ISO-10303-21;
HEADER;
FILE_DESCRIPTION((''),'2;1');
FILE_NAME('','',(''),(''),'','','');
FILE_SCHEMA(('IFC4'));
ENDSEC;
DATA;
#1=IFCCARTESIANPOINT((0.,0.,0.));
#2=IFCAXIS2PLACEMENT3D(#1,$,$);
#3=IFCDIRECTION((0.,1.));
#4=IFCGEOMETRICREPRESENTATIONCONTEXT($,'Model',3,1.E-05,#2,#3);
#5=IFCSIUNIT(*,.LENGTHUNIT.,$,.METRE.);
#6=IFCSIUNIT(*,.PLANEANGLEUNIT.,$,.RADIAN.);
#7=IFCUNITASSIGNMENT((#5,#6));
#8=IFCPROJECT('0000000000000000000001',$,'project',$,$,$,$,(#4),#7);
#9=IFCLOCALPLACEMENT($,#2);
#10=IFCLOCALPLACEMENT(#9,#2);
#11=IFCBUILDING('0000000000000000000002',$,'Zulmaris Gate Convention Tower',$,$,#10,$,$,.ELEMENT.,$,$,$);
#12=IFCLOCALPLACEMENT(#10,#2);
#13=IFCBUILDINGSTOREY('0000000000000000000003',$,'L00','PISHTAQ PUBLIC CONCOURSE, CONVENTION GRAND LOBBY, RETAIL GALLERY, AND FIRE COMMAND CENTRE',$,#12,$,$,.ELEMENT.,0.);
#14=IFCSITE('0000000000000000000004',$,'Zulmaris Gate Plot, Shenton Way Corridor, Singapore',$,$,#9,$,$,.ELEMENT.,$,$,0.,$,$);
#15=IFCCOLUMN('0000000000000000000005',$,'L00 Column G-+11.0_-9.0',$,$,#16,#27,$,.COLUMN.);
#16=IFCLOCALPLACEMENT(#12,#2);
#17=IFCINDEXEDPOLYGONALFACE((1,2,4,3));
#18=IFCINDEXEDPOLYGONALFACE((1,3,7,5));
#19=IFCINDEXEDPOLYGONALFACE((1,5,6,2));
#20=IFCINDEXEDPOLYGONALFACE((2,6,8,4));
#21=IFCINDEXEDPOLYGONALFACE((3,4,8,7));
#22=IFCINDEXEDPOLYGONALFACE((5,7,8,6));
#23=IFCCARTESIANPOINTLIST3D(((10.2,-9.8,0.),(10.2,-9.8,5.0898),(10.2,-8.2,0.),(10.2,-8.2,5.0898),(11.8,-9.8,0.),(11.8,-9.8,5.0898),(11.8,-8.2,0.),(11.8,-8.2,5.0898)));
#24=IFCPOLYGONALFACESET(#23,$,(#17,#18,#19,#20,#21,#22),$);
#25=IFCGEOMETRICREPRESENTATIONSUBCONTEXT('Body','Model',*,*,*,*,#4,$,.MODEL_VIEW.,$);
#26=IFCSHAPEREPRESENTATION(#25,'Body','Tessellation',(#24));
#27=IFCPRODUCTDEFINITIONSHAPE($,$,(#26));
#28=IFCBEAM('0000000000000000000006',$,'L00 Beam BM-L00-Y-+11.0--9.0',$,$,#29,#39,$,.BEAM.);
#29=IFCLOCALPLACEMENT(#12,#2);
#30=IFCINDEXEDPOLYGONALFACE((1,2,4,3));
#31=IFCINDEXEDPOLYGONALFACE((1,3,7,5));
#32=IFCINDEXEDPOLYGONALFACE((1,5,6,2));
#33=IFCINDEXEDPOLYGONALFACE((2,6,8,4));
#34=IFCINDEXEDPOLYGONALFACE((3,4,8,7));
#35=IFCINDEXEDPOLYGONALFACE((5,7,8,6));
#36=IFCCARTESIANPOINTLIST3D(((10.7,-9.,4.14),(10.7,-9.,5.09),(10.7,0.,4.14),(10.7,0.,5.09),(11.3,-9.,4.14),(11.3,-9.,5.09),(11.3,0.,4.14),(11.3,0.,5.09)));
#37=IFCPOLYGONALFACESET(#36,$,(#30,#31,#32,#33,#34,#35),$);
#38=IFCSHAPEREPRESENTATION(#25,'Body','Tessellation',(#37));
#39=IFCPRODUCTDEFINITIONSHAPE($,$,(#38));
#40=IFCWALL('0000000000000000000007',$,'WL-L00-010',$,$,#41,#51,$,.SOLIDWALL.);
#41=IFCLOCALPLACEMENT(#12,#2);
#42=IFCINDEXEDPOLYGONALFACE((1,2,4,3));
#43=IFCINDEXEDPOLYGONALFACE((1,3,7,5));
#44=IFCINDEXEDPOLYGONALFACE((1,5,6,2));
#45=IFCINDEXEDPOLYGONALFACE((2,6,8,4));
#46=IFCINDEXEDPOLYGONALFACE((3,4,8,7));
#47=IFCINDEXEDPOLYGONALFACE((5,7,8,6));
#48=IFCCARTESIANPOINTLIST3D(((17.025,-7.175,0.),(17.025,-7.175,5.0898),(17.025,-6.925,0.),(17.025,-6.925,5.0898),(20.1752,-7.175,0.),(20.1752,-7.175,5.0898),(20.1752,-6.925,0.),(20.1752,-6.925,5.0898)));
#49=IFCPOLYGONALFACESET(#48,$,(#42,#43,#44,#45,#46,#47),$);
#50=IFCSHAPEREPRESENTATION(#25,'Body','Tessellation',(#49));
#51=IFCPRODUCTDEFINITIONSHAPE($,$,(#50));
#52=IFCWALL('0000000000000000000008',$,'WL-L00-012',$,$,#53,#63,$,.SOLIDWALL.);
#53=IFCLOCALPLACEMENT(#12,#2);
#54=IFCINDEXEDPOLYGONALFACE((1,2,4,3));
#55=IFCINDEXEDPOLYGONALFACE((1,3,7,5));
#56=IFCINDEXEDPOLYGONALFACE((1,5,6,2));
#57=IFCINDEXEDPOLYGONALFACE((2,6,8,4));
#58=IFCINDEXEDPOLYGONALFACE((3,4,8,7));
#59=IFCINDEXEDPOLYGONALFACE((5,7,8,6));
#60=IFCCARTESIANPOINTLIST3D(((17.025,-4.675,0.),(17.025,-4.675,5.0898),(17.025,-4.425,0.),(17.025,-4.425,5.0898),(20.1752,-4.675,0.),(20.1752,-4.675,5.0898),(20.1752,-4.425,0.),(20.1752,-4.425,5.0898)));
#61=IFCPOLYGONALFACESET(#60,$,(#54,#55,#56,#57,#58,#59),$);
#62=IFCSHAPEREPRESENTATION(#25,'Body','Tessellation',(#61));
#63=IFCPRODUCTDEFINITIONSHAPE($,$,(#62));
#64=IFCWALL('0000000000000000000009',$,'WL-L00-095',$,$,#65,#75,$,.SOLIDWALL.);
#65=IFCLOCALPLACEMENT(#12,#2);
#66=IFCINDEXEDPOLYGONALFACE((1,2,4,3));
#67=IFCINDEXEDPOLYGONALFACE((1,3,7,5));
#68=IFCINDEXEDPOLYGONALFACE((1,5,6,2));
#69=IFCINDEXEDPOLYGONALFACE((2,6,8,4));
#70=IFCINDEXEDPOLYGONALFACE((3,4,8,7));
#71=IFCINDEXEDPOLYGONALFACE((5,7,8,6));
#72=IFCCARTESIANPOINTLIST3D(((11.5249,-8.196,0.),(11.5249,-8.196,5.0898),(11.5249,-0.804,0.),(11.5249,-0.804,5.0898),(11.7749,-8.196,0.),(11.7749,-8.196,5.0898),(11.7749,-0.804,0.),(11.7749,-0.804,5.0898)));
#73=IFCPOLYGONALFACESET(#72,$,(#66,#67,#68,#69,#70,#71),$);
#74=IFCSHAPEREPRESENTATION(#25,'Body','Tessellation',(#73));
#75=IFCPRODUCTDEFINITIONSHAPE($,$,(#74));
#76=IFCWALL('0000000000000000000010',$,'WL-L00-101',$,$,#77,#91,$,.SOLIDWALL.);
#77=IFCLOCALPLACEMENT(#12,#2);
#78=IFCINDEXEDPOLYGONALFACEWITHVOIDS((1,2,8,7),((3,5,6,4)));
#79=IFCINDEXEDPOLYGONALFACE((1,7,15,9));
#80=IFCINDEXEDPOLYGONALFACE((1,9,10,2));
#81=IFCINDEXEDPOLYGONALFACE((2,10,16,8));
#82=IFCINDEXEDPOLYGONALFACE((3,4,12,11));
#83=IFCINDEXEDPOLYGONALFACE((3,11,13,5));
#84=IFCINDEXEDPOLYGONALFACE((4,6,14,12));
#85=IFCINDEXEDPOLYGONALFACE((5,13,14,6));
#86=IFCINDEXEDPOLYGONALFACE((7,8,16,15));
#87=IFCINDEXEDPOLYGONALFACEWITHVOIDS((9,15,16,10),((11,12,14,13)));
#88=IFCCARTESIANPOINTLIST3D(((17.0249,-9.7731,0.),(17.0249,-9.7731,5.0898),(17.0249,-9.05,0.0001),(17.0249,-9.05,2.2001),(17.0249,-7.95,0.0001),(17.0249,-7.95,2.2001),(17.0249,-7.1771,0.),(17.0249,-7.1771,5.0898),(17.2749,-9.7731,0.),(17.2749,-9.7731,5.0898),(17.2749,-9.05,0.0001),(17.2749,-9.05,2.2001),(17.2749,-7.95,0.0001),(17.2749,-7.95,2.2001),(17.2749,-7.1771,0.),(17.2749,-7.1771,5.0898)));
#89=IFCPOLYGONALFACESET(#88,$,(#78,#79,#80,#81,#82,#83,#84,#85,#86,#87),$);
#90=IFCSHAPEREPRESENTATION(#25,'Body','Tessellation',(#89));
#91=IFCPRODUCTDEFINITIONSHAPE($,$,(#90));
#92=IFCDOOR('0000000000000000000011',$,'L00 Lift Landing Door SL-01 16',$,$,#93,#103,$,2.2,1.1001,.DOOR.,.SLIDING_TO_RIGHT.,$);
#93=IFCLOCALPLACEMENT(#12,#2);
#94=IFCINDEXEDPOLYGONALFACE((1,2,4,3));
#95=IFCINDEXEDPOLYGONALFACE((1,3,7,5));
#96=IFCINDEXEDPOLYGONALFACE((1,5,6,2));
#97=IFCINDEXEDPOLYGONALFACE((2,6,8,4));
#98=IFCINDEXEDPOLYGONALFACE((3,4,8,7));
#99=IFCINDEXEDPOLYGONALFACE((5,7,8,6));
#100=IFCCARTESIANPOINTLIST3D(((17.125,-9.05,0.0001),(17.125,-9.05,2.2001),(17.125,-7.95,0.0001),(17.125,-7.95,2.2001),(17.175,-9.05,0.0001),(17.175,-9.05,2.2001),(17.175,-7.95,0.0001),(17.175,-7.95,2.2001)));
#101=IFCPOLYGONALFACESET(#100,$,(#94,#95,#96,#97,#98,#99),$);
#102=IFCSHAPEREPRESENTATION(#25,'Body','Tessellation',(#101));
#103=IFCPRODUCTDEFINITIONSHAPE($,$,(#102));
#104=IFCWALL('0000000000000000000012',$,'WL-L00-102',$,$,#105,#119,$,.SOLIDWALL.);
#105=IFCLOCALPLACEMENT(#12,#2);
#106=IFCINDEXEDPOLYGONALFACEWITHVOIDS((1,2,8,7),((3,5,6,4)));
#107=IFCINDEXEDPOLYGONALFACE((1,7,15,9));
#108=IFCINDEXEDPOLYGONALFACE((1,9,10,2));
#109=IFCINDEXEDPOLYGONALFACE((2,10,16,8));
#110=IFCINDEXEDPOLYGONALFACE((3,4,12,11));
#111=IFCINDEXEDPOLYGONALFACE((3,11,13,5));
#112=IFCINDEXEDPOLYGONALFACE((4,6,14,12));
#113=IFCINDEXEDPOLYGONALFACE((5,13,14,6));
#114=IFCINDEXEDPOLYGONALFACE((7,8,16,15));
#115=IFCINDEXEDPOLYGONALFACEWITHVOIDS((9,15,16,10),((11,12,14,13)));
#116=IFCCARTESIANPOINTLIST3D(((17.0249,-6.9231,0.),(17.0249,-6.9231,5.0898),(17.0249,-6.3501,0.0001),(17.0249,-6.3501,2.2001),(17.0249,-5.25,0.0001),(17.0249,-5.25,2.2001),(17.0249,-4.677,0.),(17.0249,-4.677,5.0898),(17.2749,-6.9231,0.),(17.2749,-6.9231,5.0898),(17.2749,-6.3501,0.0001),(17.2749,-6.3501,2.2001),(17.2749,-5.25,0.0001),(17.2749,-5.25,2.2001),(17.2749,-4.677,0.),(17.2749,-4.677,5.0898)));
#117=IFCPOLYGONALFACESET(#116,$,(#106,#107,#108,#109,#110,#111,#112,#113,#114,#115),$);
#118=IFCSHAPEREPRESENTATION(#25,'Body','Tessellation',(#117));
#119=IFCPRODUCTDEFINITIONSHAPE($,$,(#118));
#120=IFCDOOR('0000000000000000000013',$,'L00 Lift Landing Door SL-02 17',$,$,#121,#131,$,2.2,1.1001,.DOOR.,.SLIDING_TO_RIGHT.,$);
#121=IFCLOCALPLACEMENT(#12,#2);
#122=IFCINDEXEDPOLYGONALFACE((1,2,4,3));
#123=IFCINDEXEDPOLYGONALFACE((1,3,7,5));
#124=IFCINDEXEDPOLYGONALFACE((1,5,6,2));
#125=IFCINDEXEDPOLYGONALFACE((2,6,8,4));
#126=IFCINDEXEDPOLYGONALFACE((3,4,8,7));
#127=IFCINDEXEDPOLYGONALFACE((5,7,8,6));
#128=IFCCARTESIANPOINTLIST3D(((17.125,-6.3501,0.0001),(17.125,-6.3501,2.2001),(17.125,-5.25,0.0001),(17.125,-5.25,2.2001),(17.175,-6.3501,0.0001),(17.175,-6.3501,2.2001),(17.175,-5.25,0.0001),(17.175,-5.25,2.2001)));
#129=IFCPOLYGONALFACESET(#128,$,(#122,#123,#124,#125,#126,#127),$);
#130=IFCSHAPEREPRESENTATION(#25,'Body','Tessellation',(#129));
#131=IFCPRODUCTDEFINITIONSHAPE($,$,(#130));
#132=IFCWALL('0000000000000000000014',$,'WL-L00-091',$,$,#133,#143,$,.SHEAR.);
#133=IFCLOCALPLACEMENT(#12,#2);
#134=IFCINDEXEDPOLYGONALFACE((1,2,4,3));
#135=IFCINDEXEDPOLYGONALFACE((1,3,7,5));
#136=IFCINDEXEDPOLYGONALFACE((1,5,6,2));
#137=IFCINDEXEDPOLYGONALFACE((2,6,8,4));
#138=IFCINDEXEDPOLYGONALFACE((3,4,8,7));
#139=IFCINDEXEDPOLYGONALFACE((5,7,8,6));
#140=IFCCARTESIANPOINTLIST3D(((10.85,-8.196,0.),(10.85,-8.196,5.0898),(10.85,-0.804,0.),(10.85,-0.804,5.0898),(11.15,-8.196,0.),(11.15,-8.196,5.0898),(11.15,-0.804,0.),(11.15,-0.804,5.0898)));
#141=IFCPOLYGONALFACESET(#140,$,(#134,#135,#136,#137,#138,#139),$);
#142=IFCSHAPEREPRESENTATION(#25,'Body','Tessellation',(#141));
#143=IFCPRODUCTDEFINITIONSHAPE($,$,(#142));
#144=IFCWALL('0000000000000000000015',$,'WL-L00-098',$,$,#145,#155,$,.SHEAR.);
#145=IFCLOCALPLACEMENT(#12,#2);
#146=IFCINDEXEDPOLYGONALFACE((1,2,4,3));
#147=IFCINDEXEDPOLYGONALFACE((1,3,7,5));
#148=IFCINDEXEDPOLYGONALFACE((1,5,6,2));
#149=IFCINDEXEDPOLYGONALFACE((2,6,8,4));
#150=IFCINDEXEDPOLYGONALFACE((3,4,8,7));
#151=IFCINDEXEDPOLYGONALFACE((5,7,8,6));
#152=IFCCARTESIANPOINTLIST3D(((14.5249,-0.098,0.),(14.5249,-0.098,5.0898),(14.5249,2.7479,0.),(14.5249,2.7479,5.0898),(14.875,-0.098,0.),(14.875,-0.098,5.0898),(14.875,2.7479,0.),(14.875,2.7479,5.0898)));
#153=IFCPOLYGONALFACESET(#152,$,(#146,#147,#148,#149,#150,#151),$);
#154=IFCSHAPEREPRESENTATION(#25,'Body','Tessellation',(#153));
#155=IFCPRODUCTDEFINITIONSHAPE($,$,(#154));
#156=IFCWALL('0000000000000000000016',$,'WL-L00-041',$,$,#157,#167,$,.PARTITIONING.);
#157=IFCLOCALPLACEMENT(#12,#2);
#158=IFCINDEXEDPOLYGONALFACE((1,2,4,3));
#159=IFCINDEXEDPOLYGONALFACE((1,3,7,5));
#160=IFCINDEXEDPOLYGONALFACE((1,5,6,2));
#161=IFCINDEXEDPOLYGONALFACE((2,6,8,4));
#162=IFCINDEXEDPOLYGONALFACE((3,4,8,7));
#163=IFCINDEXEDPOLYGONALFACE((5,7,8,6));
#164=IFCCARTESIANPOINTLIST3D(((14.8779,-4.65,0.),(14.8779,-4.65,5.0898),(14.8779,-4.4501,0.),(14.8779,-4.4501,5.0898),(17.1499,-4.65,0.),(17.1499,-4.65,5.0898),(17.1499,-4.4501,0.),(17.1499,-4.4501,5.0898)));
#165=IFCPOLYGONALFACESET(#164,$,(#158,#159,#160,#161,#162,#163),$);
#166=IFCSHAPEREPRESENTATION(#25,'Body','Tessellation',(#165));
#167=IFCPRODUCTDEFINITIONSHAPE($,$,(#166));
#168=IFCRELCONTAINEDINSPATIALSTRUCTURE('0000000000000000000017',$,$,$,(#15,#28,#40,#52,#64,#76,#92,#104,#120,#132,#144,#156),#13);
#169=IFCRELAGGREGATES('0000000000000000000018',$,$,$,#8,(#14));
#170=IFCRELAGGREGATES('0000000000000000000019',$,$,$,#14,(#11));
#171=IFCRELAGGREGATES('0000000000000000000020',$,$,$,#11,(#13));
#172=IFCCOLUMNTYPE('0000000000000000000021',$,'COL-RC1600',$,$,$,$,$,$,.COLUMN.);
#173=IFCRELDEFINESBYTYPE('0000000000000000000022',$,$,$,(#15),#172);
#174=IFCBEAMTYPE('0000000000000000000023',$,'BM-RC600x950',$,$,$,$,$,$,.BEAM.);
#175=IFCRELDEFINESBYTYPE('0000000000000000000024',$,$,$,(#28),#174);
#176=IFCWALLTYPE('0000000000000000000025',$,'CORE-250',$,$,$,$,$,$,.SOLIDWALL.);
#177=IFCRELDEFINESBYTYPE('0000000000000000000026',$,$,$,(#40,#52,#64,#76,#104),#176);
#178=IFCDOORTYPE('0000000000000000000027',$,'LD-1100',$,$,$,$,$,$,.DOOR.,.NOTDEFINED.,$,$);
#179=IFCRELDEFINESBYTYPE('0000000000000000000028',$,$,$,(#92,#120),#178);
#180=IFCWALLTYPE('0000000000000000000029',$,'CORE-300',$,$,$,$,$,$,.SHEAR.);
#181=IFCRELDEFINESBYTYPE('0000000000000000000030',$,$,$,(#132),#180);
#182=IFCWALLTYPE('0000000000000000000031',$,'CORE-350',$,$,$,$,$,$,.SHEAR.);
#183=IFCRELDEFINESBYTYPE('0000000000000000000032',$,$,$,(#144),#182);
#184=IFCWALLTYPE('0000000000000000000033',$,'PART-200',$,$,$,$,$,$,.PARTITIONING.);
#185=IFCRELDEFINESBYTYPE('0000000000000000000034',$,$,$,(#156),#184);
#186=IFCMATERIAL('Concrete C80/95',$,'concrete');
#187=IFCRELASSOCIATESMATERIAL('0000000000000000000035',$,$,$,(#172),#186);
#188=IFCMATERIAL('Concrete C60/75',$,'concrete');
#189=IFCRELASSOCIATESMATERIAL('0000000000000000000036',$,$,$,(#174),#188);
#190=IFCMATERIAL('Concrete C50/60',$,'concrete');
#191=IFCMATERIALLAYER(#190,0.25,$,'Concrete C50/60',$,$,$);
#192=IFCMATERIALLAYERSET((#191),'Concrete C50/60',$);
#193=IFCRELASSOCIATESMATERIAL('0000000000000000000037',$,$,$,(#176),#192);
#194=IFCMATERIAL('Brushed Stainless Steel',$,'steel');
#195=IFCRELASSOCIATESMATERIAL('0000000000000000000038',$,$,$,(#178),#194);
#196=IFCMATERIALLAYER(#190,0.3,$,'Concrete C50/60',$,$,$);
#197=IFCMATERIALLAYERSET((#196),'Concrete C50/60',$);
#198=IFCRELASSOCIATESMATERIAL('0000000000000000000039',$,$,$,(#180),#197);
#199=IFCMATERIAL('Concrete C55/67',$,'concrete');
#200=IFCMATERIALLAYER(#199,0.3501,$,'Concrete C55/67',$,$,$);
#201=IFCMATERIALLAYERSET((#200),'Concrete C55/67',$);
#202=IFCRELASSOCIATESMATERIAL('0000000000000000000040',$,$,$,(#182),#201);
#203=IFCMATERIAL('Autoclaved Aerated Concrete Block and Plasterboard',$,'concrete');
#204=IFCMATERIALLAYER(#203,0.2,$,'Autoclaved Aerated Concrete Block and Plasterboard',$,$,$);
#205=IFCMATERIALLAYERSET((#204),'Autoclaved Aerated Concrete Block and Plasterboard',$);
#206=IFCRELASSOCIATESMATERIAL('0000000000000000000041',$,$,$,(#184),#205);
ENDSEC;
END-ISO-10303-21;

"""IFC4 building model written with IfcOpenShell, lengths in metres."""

from ifc_helpers import new_model, si_unit, direction, frame, frame_2d, origin, origin_2d, place, context, subcontext, project, spatial, rectangle, extrude, material, layer, layer_set, material_profile, profile_set, type_object, element, fill, save


model = new_model("IFC4")

# Units and contexts
model_context = context("Model", 3, precision=1e-05, world=origin(), true_north=direction((0.0, 1.0)))
body_context = subcontext(model_context, "Body", "Model", "MODEL_VIEW")
ifc_project = project(units=[si_unit("LENGTHUNIT", "METRE"), si_unit("PLANEANGLEUNIT", "RADIAN")], contexts=[model_context])

# Site, building, storey
site_placement = place(None, origin())
site = spatial("IfcSite", under=ifc_project, at=site_placement, Name="Zulmaris Gate Plot, Shenton Way Corridor, Singapore", CompositionType="ELEMENT", RefElevation=0.0)
building_placement = place(site_placement, origin())
building = spatial("IfcBuilding", under=site, at=building_placement, Name="Zulmaris Gate Convention Tower", CompositionType="ELEMENT")
storey_placement = place(building_placement, origin())
storey = spatial("IfcBuildingStorey", under=building, at=storey_placement, Name="L00", Description="PISHTAQ PUBLIC CONCOURSE, CONVENTION GRAND LOBBY, RETAIL GALLERY, AND FIRE COMMAND CENTRE", CompositionType="ELEMENT", Elevation=0.0)

# Column
ifc_material_1 = material(Name="Concrete C80/95", Category="concrete")
ifc_material_profile_1 = material_profile(ifc_material_1, rectangle(XDim=1.6001, YDim=1.6001, at=origin_2d()), Name="RC COL 1600x1600")
ifc_profile_set_1 = profile_set([ifc_material_profile_1], Name="Concrete C80/95")
column_type = type_object("IfcColumnType", Name="COL-RC1600", PredefinedType="COLUMN", material=ifc_profile_set_1)
column_placement = place(storey_placement, frame((11.0, -9.0, 0.0), z_axis=(0.0, 0.0, 1.0), x_axis=(1.0, 0.0, 0.0)))
element("IfcColumn", 1, at=column_placement, inside=storey, type_object=column_type, Name="L00 Column G-+11.0_-9.0", PredefinedType="COLUMN", context=body_context, shape_type="SweptSolid", body=[
    extrude(rectangle(XDim=1.6001, YDim=1.6001, at=origin_2d()), origin(), (0.0, 0.0, 1.0), 5.0898),
])

# Beam
ifc_material_2 = material(Name="Concrete C60/75", Category="concrete")
ifc_material_profile_2 = material_profile(ifc_material_2, rectangle(XDim=0.6001, YDim=0.95, at=origin_2d()), Name="RC BEAM 600x950")
ifc_profile_set_2 = profile_set([ifc_material_profile_2], Name="Concrete C60/75")
beam_type = type_object("IfcBeamType", Name="BM-RC600x950", PredefinedType="BEAM", material=ifc_profile_set_2)
beam_placement = place(storey_placement, frame((11.0, -9.0, 4.615), z_axis=(0.0, 1.0, 0.0), x_axis=(-1.0, 0.0, 0.0)))
element("IfcBeam", 2, at=beam_placement, inside=storey, type_object=beam_type, Name="L00 Beam BM-L00-Y-+11.0--9.0", PredefinedType="BEAM", context=body_context, shape_type="SweptSolid", body=[
    extrude(rectangle(XDim=0.6001, YDim=0.95, at=origin_2d()), origin(), (0.0, 0.0, 1.0), 9.0),
])

# Walls
ifc_material_3 = material(Name="Concrete C50/60", Category="concrete")
ifc_layer_1 = layer(ifc_material_3, 0.25, Name="Concrete C50/60")
ifc_layer_set_1 = layer_set([ifc_layer_1], Name="Concrete C50/60")
wall_type_1 = type_object("IfcWallType", Name="CORE-250", PredefinedType="SOLIDWALL", material=ifc_layer_set_1)
for number, where, z_axis, x_axis, name in (
    (3, (17.0249, -7.05, 0.0), (0.0, 0.0, 1.0), (1.0, 0.0, 0.0), "WL-L00-010"),
    (4, (17.0249, -4.55, 0.0), (0.0, 0.0, 1.0), (1.0, 0.0, 0.0), "WL-L00-012"),
):
    element("IfcWall", number, at=place(storey_placement, frame(where, z_axis=z_axis, x_axis=x_axis)), inside=storey, type_object=wall_type_1, Name=name, PredefinedType="SOLIDWALL", context=body_context, shape_type="SweptSolid", body=[
        extrude(rectangle(XDim=3.1501, YDim=0.25, at=frame_2d((1.5752, 0.0))), origin(), (0.0, 0.0, 1.0), 5.0898),
    ])
wall_1_placement = place(storey_placement, frame((11.6499, -8.196, 0.0), z_axis=(0.0, 0.0, 1.0), x_axis=(0.0, 1.0, 0.0)))
element("IfcWall", 5, at=wall_1_placement, inside=storey, type_object=wall_type_1, Name="WL-L00-095", PredefinedType="SOLIDWALL", context=body_context, shape_type="SweptSolid", body=[
    extrude(rectangle(XDim=7.3921, YDim=0.25, at=frame_2d((3.696, 0.0))), origin(), (0.0, 0.0, 1.0), 5.0898),
])

# Walls, openings, doors
wall_2_placement = place(storey_placement, frame((17.1499, -9.7729, 0.0), z_axis=(0.0, 0.0, 1.0), x_axis=(0.0, 1.0, 0.0)))
wall_2 = element("IfcWall", 6, at=wall_2_placement, inside=storey, type_object=wall_type_1, Name="WL-L00-101", PredefinedType="SOLIDWALL", context=body_context, shape_type="SweptSolid", body=[
    extrude(rectangle(XDim=2.5959, YDim=0.25, at=frame_2d((1.2979, 0.0))), origin(), (0.0, 0.0, 1.0), 5.0898),
])
opening_1_placement = place(wall_2_placement, frame((0.7229, 0.0, 0.0)))
opening_1 = element("IfcOpeningElement", 7, at=opening_1_placement, cuts=wall_2, PredefinedType="OPENING", context=body_context, shape_type="SweptSolid", body=[
    extrude(rectangle(XDim=1.1001, YDim=2.2, at=frame_2d((0.55, 1.1001))), frame((0.0, 0.135, 0.0), z_axis=(0.0, -1.0, 0.0), x_axis=(1.0, 0.0, 0.0)), (0.0, 0.0, 1.0), 0.27),
])
ifc_material_4 = material(Name="Brushed Stainless Steel", Category="steel")
door_type_1 = type_object("IfcDoorType", Name="LD-1100", OperationType="NOTDEFINED", PredefinedType="DOOR", material=ifc_material_4)
door_1_placement = place(opening_1_placement, origin())
door_1 = element("IfcDoor", 8, at=door_1_placement, inside=storey, type_object=door_type_1, Name="L00 Lift Landing Door SL-01 16", OperationType="SLIDING_TO_RIGHT", OverallHeight=2.2, OverallWidth=1.1001, PredefinedType="DOOR", context=body_context, shape_type="SweptSolid", body=[
    extrude(rectangle(XDim=1.1001, YDim=2.2, at=frame_2d((0.55, 1.1001))), frame((0.0, 0.0249, 0.0), z_axis=(0.0, -1.0, 0.0), x_axis=(1.0, 0.0, 0.0)), (0.0, 0.0, 1.0), 0.05),
])
fill(opening_1, door_1)
wall_3_placement = place(storey_placement, frame((17.1499, -6.9231, 0.0), z_axis=(0.0, 0.0, 1.0), x_axis=(0.0, 1.0, 0.0)))
wall_3 = element("IfcWall", 9, at=wall_3_placement, inside=storey, type_object=wall_type_1, Name="WL-L00-102", PredefinedType="SOLIDWALL", context=body_context, shape_type="SweptSolid", body=[
    extrude(rectangle(XDim=2.2461, YDim=0.25, at=frame_2d((1.123, 0.0))), origin(), (0.0, 0.0, 1.0), 5.0898),
])
opening_2_placement = place(wall_3_placement, frame((0.573, 0.0, 0.0)))
opening_2 = element("IfcOpeningElement", 10, at=opening_2_placement, cuts=wall_3, PredefinedType="OPENING", context=body_context, shape_type="SweptSolid", body=[
    extrude(rectangle(XDim=1.1001, YDim=2.2, at=frame_2d((0.55, 1.1001))), frame((0.0, 0.135, 0.0), z_axis=(0.0, -1.0, 0.0), x_axis=(1.0, 0.0, 0.0)), (0.0, 0.0, 1.0), 0.27),
])
door_2_placement = place(opening_2_placement, origin())
door_2 = element("IfcDoor", 11, at=door_2_placement, inside=storey, type_object=door_type_1, Name="L00 Lift Landing Door SL-02 17", OperationType="SLIDING_TO_RIGHT", OverallHeight=2.2, OverallWidth=1.1001, PredefinedType="DOOR", context=body_context, shape_type="SweptSolid", body=[
    extrude(rectangle(XDim=1.1001, YDim=2.2, at=frame_2d((0.55, 1.1001))), frame((0.0, 0.0249, 0.0), z_axis=(0.0, -1.0, 0.0), x_axis=(1.0, 0.0, 0.0)), (0.0, 0.0, 1.0), 0.05),
])
fill(opening_2, door_2)
ifc_layer_2 = layer(ifc_material_3, 0.3, Name="Concrete C50/60")
ifc_layer_set_2 = layer_set([ifc_layer_2], Name="Concrete C50/60")
wall_type_2 = type_object("IfcWallType", Name="CORE-300", PredefinedType="SHEAR", material=ifc_layer_set_2)

# Walls
wall_4_placement = place(storey_placement, frame((11.0, -8.196, 0.0), z_axis=(0.0, 0.0, 1.0), x_axis=(0.0, 1.0, 0.0)))
element("IfcWall", 12, at=wall_4_placement, inside=storey, type_object=wall_type_2, Name="WL-L00-091", PredefinedType="SHEAR", context=body_context, shape_type="SweptSolid", body=[
    extrude(rectangle(XDim=7.3921, YDim=0.3, at=frame_2d((3.696, 0.0))), origin(), (0.0, 0.0, 1.0), 5.0898),
])
ifc_material_5 = material(Name="Concrete C55/67", Category="concrete")
ifc_layer_3 = layer(ifc_material_5, 0.3501, Name="Concrete C55/67")
ifc_layer_set_3 = layer_set([ifc_layer_3], Name="Concrete C55/67")
wall_type_3 = type_object("IfcWallType", Name="CORE-350", PredefinedType="SHEAR", material=ifc_layer_set_3)
wall_5_placement = place(storey_placement, frame((14.7, -0.0979, 0.0), z_axis=(0.0, 0.0, 1.0), x_axis=(0.0, 1.0, 0.0)))
element("IfcWall", 13, at=wall_5_placement, inside=storey, type_object=wall_type_3, Name="WL-L00-098", PredefinedType="SHEAR", context=body_context, shape_type="SweptSolid", body=[
    extrude(rectangle(XDim=2.8459, YDim=0.3501, at=frame_2d((1.4229, 0.0))), origin(), (0.0, 0.0, 1.0), 5.0898),
])
ifc_material_6 = material(Name="Autoclaved Aerated Concrete Block and Plasterboard", Category="concrete")
ifc_layer_4 = layer(ifc_material_6, 0.2, Name="Autoclaved Aerated Concrete Block and Plasterboard")
ifc_layer_set_4 = layer_set([ifc_layer_4], Name="Autoclaved Aerated Concrete Block and Plasterboard")
wall_type_4 = type_object("IfcWallType", Name="PART-200", PredefinedType="PARTITIONING", material=ifc_layer_set_4)
wall_6_placement = place(storey_placement, frame((14.8779, -4.55, 0.0), z_axis=(0.0, 0.0, 1.0), x_axis=(1.0, 0.0, 0.0)))
element("IfcWall", 14, at=wall_6_placement, inside=storey, type_object=wall_type_4, Name="WL-L00-041", PredefinedType="PARTITIONING", context=body_context, shape_type="SweptSolid", body=[
    extrude(rectangle(XDim=2.272, YDim=0.2, at=frame_2d((1.136, 0.0))), origin(), (0.0, 0.0, 1.0), 5.0898),
])

save(model, "model.ifc")
